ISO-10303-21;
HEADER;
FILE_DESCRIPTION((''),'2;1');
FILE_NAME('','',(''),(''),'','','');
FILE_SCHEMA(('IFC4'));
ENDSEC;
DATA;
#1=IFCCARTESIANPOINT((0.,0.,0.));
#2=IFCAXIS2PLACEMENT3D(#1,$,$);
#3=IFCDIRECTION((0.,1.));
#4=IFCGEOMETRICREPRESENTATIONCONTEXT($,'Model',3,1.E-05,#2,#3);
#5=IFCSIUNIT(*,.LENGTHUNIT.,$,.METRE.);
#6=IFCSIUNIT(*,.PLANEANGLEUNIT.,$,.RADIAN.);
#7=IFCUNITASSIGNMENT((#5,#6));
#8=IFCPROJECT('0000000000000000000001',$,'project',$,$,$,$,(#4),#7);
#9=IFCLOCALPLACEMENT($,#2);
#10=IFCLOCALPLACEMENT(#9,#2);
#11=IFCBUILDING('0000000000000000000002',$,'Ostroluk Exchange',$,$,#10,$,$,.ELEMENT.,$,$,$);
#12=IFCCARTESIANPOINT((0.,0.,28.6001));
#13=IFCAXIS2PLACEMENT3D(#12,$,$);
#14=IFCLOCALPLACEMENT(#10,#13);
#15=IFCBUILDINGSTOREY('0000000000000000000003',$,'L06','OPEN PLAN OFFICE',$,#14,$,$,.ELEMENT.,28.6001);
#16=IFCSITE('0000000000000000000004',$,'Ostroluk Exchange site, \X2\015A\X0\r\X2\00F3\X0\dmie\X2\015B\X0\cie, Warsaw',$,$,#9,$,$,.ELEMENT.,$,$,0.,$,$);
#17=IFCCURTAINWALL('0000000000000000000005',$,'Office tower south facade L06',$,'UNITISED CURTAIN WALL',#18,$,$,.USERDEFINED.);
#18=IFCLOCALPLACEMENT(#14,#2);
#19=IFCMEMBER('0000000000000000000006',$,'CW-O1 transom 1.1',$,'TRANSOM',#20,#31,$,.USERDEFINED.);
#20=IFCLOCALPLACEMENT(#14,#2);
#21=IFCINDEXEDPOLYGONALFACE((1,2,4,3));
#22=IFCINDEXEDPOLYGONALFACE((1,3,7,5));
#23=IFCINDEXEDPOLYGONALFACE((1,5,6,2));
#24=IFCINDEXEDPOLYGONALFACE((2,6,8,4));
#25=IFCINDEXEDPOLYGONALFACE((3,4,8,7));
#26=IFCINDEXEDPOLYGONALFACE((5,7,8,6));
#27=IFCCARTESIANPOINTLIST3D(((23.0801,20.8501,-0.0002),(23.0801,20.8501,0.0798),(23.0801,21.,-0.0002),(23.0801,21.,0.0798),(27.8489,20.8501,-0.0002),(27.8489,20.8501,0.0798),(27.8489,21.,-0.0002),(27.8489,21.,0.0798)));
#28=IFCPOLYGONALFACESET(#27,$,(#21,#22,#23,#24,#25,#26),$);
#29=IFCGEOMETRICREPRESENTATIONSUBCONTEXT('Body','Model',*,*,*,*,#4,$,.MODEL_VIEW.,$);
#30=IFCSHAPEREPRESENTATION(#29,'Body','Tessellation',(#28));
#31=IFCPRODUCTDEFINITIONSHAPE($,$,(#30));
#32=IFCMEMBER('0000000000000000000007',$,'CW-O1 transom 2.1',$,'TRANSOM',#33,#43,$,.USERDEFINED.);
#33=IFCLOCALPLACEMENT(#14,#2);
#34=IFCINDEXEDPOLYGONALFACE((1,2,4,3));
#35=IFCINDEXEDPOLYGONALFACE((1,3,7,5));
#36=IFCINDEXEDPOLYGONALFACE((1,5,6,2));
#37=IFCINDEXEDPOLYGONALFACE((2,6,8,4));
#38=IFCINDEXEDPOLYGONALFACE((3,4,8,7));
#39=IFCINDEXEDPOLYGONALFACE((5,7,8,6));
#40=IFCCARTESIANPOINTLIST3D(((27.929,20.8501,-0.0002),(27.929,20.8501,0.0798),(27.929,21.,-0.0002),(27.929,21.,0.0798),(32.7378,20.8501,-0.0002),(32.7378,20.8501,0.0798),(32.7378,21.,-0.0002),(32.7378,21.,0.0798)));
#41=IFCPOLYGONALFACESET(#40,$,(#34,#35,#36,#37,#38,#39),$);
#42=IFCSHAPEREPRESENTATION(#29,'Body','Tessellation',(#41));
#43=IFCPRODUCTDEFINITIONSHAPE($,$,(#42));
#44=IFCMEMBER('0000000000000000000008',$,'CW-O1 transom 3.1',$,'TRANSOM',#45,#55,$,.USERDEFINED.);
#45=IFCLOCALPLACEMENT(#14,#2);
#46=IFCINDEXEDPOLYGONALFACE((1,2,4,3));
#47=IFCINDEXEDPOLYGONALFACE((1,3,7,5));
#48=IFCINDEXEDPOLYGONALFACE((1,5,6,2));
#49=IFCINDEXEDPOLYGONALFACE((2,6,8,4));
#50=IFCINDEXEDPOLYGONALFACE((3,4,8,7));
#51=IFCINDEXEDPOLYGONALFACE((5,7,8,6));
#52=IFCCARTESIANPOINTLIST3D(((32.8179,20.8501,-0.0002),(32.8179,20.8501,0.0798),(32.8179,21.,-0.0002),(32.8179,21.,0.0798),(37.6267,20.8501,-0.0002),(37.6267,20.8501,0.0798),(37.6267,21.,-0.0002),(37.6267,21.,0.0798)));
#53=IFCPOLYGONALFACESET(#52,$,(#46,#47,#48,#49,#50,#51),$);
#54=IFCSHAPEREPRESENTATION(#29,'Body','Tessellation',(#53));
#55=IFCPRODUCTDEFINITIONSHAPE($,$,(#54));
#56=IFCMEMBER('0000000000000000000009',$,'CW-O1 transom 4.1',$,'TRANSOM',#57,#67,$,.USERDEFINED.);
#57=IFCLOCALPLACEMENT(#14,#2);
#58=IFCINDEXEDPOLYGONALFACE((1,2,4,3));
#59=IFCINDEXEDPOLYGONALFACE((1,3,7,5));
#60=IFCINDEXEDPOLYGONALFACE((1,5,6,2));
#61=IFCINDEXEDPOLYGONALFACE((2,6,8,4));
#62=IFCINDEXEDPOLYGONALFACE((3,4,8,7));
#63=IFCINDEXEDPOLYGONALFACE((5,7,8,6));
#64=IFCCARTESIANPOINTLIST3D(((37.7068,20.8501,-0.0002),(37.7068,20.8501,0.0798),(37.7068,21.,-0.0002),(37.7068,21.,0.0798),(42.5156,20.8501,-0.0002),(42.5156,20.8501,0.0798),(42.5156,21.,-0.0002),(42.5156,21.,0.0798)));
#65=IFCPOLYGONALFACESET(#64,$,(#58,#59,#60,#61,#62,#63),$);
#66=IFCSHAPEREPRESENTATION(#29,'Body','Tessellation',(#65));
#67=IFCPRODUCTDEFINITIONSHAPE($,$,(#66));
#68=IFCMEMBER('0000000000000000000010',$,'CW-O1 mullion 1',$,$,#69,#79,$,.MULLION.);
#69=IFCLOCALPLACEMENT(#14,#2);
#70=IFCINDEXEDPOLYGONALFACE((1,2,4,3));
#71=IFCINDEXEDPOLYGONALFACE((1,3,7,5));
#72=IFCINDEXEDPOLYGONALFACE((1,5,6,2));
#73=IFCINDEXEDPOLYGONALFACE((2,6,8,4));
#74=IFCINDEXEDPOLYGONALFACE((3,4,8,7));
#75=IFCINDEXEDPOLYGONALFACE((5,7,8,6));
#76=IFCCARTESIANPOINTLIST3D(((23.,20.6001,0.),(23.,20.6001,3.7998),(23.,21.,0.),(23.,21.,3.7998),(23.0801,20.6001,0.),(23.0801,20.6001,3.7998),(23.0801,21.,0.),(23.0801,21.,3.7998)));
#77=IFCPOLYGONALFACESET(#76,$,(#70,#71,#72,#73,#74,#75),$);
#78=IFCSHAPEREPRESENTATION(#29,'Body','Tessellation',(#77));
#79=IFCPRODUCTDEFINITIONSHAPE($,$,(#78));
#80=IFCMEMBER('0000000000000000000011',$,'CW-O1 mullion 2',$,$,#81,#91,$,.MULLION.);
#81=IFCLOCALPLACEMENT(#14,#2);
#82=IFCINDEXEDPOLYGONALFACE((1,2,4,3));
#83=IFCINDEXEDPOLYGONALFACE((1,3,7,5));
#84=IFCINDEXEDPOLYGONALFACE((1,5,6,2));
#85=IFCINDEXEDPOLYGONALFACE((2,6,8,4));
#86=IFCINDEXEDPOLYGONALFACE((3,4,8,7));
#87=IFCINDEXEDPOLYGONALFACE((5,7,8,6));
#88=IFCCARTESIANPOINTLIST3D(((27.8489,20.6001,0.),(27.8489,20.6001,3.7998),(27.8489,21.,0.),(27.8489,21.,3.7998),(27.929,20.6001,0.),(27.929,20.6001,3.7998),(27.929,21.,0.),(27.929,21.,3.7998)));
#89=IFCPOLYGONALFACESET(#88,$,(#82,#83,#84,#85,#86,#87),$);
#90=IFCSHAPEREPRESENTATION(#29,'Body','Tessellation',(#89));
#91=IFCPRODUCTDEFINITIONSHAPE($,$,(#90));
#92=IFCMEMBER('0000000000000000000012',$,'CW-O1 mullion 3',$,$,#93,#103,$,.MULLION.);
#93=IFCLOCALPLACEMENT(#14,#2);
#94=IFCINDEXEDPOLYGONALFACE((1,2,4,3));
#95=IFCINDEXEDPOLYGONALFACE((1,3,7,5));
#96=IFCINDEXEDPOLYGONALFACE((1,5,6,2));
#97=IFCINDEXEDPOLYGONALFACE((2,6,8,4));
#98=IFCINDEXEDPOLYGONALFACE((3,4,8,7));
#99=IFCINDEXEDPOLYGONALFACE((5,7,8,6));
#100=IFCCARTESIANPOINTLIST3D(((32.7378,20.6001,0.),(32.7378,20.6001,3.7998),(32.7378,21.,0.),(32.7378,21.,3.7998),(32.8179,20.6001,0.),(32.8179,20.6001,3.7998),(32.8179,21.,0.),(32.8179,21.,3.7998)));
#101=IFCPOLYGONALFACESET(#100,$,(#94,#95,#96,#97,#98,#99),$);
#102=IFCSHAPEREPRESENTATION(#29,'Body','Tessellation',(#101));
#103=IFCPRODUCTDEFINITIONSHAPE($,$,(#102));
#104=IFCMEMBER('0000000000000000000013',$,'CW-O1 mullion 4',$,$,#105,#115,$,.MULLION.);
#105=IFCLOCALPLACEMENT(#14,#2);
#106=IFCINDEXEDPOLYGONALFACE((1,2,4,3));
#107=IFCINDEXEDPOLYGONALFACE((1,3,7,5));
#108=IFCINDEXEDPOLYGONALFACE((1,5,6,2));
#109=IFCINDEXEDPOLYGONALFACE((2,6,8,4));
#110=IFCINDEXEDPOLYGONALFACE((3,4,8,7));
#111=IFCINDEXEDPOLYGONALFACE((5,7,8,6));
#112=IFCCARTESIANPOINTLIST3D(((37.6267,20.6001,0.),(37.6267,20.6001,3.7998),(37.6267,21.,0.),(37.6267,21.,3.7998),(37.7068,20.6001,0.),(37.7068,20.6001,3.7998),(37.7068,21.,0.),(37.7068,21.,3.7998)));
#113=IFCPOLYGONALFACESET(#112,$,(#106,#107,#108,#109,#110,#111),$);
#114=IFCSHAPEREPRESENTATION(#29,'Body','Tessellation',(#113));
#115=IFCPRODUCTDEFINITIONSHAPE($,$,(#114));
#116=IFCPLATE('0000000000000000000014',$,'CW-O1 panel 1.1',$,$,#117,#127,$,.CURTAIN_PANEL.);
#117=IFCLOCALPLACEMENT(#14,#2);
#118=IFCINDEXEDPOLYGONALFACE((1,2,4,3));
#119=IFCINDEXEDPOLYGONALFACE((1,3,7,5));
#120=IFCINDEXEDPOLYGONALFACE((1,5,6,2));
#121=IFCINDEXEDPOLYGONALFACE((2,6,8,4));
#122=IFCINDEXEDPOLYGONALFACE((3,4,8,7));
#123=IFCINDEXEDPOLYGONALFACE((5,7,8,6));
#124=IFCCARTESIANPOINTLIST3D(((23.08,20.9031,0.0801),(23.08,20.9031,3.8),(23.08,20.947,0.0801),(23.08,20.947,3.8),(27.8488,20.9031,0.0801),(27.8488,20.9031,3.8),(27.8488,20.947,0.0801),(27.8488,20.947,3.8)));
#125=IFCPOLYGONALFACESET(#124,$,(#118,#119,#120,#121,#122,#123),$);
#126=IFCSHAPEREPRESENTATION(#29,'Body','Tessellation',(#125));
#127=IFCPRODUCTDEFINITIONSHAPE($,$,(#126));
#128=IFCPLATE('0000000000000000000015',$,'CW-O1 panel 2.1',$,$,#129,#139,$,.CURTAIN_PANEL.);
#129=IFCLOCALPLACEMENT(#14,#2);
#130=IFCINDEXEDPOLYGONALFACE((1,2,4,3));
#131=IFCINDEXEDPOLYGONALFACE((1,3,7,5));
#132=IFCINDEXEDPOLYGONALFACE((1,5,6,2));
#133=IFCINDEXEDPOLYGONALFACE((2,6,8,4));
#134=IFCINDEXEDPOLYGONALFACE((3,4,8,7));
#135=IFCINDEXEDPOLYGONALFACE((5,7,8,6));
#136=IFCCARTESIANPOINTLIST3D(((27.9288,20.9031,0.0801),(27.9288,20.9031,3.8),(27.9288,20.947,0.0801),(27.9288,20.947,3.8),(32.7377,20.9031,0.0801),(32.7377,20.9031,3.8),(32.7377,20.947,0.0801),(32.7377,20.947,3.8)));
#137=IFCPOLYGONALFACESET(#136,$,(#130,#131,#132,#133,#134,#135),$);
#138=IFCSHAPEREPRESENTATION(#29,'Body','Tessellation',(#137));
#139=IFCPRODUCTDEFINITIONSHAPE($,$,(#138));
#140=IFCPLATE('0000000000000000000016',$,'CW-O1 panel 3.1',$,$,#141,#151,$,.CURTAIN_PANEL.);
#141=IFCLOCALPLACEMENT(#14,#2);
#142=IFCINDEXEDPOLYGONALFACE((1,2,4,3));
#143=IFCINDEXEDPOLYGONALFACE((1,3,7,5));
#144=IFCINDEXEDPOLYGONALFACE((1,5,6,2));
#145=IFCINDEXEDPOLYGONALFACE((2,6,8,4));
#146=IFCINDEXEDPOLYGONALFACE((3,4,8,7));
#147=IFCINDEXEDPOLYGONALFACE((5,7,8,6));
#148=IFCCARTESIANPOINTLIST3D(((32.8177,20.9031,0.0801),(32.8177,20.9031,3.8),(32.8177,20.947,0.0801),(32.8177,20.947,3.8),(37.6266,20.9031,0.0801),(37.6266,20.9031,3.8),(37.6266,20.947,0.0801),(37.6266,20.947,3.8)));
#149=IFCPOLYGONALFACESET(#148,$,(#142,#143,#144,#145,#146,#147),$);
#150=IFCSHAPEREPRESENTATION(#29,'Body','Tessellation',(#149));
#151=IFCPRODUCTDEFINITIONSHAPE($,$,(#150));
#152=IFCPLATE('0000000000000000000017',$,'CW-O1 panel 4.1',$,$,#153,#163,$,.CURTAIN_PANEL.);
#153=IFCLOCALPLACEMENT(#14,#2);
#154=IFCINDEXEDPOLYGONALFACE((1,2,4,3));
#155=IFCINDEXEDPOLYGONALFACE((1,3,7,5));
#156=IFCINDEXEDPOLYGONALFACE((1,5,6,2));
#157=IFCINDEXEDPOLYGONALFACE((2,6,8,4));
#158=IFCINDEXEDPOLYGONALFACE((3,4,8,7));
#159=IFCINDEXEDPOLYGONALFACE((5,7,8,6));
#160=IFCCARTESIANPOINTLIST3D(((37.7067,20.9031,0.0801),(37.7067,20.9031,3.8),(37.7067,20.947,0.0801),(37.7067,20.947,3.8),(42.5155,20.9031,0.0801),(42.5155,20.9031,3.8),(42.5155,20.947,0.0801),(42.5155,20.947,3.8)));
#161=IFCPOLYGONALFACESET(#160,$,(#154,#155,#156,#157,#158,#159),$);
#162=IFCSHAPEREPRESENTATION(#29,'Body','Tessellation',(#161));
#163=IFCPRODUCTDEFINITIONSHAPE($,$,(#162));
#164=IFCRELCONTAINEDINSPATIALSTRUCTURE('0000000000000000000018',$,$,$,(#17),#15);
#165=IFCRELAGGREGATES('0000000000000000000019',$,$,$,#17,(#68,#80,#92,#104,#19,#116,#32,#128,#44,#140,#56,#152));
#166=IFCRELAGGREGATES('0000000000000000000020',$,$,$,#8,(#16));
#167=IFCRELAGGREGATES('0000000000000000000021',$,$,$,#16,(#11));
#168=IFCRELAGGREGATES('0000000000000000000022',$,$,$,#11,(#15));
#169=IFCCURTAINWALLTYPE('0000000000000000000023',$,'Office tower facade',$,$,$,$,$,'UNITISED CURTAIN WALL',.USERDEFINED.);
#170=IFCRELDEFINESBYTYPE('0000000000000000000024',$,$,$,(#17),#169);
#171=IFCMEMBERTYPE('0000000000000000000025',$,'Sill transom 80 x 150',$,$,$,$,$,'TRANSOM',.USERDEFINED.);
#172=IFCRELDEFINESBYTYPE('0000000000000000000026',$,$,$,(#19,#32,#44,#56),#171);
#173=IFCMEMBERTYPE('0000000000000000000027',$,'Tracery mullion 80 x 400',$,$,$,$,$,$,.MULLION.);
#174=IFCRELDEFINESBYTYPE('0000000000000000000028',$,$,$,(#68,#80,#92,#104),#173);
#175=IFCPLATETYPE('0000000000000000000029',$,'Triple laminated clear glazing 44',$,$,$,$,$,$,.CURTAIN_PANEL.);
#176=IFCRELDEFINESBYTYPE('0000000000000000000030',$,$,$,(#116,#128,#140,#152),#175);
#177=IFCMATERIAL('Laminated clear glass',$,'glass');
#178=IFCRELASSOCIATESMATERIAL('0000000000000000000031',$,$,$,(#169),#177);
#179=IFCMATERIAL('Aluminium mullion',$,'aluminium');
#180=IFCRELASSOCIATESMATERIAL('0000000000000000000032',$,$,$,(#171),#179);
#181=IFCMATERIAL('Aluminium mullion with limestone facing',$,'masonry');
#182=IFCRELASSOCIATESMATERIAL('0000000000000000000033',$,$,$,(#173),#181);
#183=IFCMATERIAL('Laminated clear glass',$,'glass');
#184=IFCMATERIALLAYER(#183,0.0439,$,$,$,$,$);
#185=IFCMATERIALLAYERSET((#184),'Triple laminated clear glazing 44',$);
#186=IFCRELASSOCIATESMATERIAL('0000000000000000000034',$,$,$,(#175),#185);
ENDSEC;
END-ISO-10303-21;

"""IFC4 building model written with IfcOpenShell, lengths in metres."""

from ifc_helpers import new_model, si_unit, direction, frame, origin, origin_2d, place, context, subcontext, project, spatial, rectangle, extrude, material, layer, layer_set, material_profile, profile_set, type_object, element, aggregate, save


model = new_model("IFC4")

# Units and contexts
model_context = context("Model", 3, precision=1e-05, world=origin(), true_north=direction((0.0, 1.0)))
body_context = subcontext(model_context, "Body", "Model", "MODEL_VIEW")
ifc_project = project(units=[si_unit("LENGTHUNIT", "METRE"), si_unit("PLANEANGLEUNIT", "RADIAN")], contexts=[model_context])

# Site, building, storey
site_placement = place(None, origin())
site = spatial("IfcSite", under=ifc_project, at=site_placement, Name="Ostroluk Exchange site, Śródmieście, Warsaw", CompositionType="ELEMENT", RefElevation=0.0)
building_placement = place(site_placement, origin())
building = spatial("IfcBuilding", under=site, at=building_placement, Name="Ostroluk Exchange", CompositionType="ELEMENT")
storey_placement = place(building_placement, frame((0.0, 0.0, 28.6001)))
storey = spatial("IfcBuildingStorey", under=building, at=storey_placement, Name="L06", Description="OPEN PLAN OFFICE", CompositionType="ELEMENT", Elevation=28.6001)

# Curtain wall, members, plates
ifc_material_1 = material(Name="Laminated clear glass", Category="glass")
curtain_wall_type = type_object("IfcCurtainWallType", Name="Office tower facade", ElementType="UNITISED CURTAIN WALL", PredefinedType="USERDEFINED", material=ifc_material_1)
curtain_wall_placement = place(storey_placement, origin())
curtain_wall = element("IfcCurtainWall", 1, at=curtain_wall_placement, inside=storey, type_object=curtain_wall_type, Name="Office tower south facade L06", ObjectType="UNITISED CURTAIN WALL", PredefinedType="USERDEFINED")
ifc_material_2 = material(Name="Aluminium mullion", Category="aluminium")
ifc_material_profile_1 = material_profile(ifc_material_2, rectangle(XDim=0.1499, YDim=0.0801, at=origin_2d()), Name="Sill transom 80 x 150")
ifc_profile_set_1 = profile_set([ifc_material_profile_1], Name="Aluminium mullion")
member_type_1 = type_object("IfcMemberType", Name="Sill transom 80 x 150", ElementType="TRANSOM", PredefinedType="USERDEFINED", material=ifc_profile_set_1)
member_1_placement = place(storey_placement, frame((23.0801, 20.925, 0.0398), z_axis=(1.0, 0.0, 0.0), x_axis=(0.0, 1.0, 0.0)))
member_1 = element("IfcMember", 2, at=member_1_placement, type_object=member_type_1, Name="CW-O1 transom 1.1", ObjectType="TRANSOM", PredefinedType="USERDEFINED", context=body_context, shape_type="SweptSolid", body=[
    extrude(rectangle(XDim=0.1499, YDim=0.0801, at=origin_2d()), origin(), (0.0, 0.0, 1.0), 4.7688),
])
member_2_placement = place(storey_placement, frame((27.929, 20.925, 0.0398), z_axis=(1.0, 0.0, 0.0), x_axis=(0.0, 1.0, 0.0)))
member_2 = element("IfcMember", 3, at=member_2_placement, type_object=member_type_1, Name="CW-O1 transom 2.1", ObjectType="TRANSOM", PredefinedType="USERDEFINED", context=body_context, shape_type="SweptSolid", body=[
    extrude(rectangle(XDim=0.1499, YDim=0.0801, at=origin_2d()), origin(), (0.0, 0.0, 1.0), 4.8088),
])
member_3_placement = place(storey_placement, frame((32.8179, 20.925, 0.0398), z_axis=(1.0, 0.0, 0.0), x_axis=(0.0, 1.0, 0.0)))
member_3 = element("IfcMember", 4, at=member_3_placement, type_object=member_type_1, Name="CW-O1 transom 3.1", ObjectType="TRANSOM", PredefinedType="USERDEFINED", context=body_context, shape_type="SweptSolid", body=[
    extrude(rectangle(XDim=0.1499, YDim=0.0801, at=origin_2d()), origin(), (0.0, 0.0, 1.0), 4.8088),
])
member_4_placement = place(storey_placement, frame((37.7068, 20.925, 0.0398), z_axis=(1.0, 0.0, 0.0), x_axis=(0.0, 1.0, 0.0)))
member_4 = element("IfcMember", 5, at=member_4_placement, type_object=member_type_1, Name="CW-O1 transom 4.1", ObjectType="TRANSOM", PredefinedType="USERDEFINED", context=body_context, shape_type="SweptSolid", body=[
    extrude(rectangle(XDim=0.1499, YDim=0.0801, at=origin_2d()), origin(), (0.0, 0.0, 1.0), 4.8088),
])
ifc_material_3 = material(Name="Aluminium mullion with limestone facing", Category="masonry")
ifc_material_profile_2 = material_profile(ifc_material_3, rectangle(XDim=0.3999, YDim=0.0801, at=origin_2d()), Name="Tracery mullion 80 x 400")
ifc_profile_set_2 = profile_set([ifc_material_profile_2], Name="Aluminium mullion with limestone facing")
member_type_2 = type_object("IfcMemberType", Name="Tracery mullion 80 x 400", PredefinedType="MULLION", material=ifc_profile_set_2)
member_5_placement = place(storey_placement, frame((23.04, 20.8, 0.0), z_axis=(0.0, 0.0, 1.0), x_axis=(0.0, 1.0, 0.0)))
member_5 = element("IfcMember", 6, at=member_5_placement, type_object=member_type_2, Name="CW-O1 mullion 1", PredefinedType="MULLION", context=body_context, shape_type="SweptSolid", body=[
    extrude(rectangle(XDim=0.3999, YDim=0.0801, at=origin_2d()), origin(), (0.0, 0.0, 1.0), 3.7998),
])
member_6_placement = place(storey_placement, frame((27.8889, 20.8, 0.0), z_axis=(0.0, 0.0, 1.0), x_axis=(0.0, 1.0, 0.0)))
member_6 = element("IfcMember", 7, at=member_6_placement, type_object=member_type_2, Name="CW-O1 mullion 2", PredefinedType="MULLION", context=body_context, shape_type="SweptSolid", body=[
    extrude(rectangle(XDim=0.3999, YDim=0.0801, at=origin_2d()), origin(), (0.0, 0.0, 1.0), 3.7998),
])
member_7_placement = place(storey_placement, frame((32.7778, 20.8, 0.0), z_axis=(0.0, 0.0, 1.0), x_axis=(0.0, 1.0, 0.0)))
member_7 = element("IfcMember", 8, at=member_7_placement, type_object=member_type_2, Name="CW-O1 mullion 3", PredefinedType="MULLION", context=body_context, shape_type="SweptSolid", body=[
    extrude(rectangle(XDim=0.3999, YDim=0.0801, at=origin_2d()), origin(), (0.0, 0.0, 1.0), 3.7998),
])
member_8_placement = place(storey_placement, frame((37.6667, 20.8, 0.0), z_axis=(0.0, 0.0, 1.0), x_axis=(0.0, 1.0, 0.0)))
member_8 = element("IfcMember", 9, at=member_8_placement, type_object=member_type_2, Name="CW-O1 mullion 4", PredefinedType="MULLION", context=body_context, shape_type="SweptSolid", body=[
    extrude(rectangle(XDim=0.3999, YDim=0.0801, at=origin_2d()), origin(), (0.0, 0.0, 1.0), 3.7998),
])
ifc_material_4 = material(Name="Laminated clear glass", Category="glass")
ifc_layer_1 = layer(ifc_material_4, 0.0439)
ifc_layer_set_1 = layer_set([ifc_layer_1], Name="Triple laminated clear glazing 44")
plate_type = type_object("IfcPlateType", Name="Triple laminated clear glazing 44", PredefinedType="CURTAIN_PANEL", material=ifc_layer_set_1)
plate_1_placement = place(storey_placement, frame((25.4644, 20.925, 0.0801), z_axis=(0.0, 0.0, 1.0), x_axis=(1.0, 0.0, 0.0)))
plate_1 = element("IfcPlate", 10, at=plate_1_placement, type_object=plate_type, Name="CW-O1 panel 1.1", PredefinedType="CURTAIN_PANEL", context=body_context, shape_type="SweptSolid", body=[
    extrude(rectangle(XDim=4.7688, YDim=0.0439, at=origin_2d()), origin(), (0.0, 0.0, 1.0), 3.72),
])
plate_2_placement = place(storey_placement, frame((30.3333, 20.925, 0.0801), z_axis=(0.0, 0.0, 1.0), x_axis=(1.0, 0.0, 0.0)))
plate_2 = element("IfcPlate", 11, at=plate_2_placement, type_object=plate_type, Name="CW-O1 panel 2.1", PredefinedType="CURTAIN_PANEL", context=body_context, shape_type="SweptSolid", body=[
    extrude(rectangle(XDim=4.8088, YDim=0.0439, at=origin_2d()), origin(), (0.0, 0.0, 1.0), 3.72),
])
plate_3_placement = place(storey_placement, frame((35.2222, 20.925, 0.0801), z_axis=(0.0, 0.0, 1.0), x_axis=(1.0, 0.0, 0.0)))
plate_3 = element("IfcPlate", 12, at=plate_3_placement, type_object=plate_type, Name="CW-O1 panel 3.1", PredefinedType="CURTAIN_PANEL", context=body_context, shape_type="SweptSolid", body=[
    extrude(rectangle(XDim=4.8088, YDim=0.0439, at=origin_2d()), origin(), (0.0, 0.0, 1.0), 3.72),
])
plate_4_placement = place(storey_placement, frame((40.1111, 20.925, 0.0801), z_axis=(0.0, 0.0, 1.0), x_axis=(1.0, 0.0, 0.0)))
plate_4 = element("IfcPlate", 13, at=plate_4_placement, type_object=plate_type, Name="CW-O1 panel 4.1", PredefinedType="CURTAIN_PANEL", context=body_context, shape_type="SweptSolid", body=[
    extrude(rectangle(XDim=4.8088, YDim=0.0439, at=origin_2d()), origin(), (0.0, 0.0, 1.0), 3.72),
])
aggregate(curtain_wall, [member_5, member_6, member_7, member_8, member_1, plate_1, member_2, plate_2, member_3, plate_3, member_4, plate_4])

save(model, "model.ifc")
